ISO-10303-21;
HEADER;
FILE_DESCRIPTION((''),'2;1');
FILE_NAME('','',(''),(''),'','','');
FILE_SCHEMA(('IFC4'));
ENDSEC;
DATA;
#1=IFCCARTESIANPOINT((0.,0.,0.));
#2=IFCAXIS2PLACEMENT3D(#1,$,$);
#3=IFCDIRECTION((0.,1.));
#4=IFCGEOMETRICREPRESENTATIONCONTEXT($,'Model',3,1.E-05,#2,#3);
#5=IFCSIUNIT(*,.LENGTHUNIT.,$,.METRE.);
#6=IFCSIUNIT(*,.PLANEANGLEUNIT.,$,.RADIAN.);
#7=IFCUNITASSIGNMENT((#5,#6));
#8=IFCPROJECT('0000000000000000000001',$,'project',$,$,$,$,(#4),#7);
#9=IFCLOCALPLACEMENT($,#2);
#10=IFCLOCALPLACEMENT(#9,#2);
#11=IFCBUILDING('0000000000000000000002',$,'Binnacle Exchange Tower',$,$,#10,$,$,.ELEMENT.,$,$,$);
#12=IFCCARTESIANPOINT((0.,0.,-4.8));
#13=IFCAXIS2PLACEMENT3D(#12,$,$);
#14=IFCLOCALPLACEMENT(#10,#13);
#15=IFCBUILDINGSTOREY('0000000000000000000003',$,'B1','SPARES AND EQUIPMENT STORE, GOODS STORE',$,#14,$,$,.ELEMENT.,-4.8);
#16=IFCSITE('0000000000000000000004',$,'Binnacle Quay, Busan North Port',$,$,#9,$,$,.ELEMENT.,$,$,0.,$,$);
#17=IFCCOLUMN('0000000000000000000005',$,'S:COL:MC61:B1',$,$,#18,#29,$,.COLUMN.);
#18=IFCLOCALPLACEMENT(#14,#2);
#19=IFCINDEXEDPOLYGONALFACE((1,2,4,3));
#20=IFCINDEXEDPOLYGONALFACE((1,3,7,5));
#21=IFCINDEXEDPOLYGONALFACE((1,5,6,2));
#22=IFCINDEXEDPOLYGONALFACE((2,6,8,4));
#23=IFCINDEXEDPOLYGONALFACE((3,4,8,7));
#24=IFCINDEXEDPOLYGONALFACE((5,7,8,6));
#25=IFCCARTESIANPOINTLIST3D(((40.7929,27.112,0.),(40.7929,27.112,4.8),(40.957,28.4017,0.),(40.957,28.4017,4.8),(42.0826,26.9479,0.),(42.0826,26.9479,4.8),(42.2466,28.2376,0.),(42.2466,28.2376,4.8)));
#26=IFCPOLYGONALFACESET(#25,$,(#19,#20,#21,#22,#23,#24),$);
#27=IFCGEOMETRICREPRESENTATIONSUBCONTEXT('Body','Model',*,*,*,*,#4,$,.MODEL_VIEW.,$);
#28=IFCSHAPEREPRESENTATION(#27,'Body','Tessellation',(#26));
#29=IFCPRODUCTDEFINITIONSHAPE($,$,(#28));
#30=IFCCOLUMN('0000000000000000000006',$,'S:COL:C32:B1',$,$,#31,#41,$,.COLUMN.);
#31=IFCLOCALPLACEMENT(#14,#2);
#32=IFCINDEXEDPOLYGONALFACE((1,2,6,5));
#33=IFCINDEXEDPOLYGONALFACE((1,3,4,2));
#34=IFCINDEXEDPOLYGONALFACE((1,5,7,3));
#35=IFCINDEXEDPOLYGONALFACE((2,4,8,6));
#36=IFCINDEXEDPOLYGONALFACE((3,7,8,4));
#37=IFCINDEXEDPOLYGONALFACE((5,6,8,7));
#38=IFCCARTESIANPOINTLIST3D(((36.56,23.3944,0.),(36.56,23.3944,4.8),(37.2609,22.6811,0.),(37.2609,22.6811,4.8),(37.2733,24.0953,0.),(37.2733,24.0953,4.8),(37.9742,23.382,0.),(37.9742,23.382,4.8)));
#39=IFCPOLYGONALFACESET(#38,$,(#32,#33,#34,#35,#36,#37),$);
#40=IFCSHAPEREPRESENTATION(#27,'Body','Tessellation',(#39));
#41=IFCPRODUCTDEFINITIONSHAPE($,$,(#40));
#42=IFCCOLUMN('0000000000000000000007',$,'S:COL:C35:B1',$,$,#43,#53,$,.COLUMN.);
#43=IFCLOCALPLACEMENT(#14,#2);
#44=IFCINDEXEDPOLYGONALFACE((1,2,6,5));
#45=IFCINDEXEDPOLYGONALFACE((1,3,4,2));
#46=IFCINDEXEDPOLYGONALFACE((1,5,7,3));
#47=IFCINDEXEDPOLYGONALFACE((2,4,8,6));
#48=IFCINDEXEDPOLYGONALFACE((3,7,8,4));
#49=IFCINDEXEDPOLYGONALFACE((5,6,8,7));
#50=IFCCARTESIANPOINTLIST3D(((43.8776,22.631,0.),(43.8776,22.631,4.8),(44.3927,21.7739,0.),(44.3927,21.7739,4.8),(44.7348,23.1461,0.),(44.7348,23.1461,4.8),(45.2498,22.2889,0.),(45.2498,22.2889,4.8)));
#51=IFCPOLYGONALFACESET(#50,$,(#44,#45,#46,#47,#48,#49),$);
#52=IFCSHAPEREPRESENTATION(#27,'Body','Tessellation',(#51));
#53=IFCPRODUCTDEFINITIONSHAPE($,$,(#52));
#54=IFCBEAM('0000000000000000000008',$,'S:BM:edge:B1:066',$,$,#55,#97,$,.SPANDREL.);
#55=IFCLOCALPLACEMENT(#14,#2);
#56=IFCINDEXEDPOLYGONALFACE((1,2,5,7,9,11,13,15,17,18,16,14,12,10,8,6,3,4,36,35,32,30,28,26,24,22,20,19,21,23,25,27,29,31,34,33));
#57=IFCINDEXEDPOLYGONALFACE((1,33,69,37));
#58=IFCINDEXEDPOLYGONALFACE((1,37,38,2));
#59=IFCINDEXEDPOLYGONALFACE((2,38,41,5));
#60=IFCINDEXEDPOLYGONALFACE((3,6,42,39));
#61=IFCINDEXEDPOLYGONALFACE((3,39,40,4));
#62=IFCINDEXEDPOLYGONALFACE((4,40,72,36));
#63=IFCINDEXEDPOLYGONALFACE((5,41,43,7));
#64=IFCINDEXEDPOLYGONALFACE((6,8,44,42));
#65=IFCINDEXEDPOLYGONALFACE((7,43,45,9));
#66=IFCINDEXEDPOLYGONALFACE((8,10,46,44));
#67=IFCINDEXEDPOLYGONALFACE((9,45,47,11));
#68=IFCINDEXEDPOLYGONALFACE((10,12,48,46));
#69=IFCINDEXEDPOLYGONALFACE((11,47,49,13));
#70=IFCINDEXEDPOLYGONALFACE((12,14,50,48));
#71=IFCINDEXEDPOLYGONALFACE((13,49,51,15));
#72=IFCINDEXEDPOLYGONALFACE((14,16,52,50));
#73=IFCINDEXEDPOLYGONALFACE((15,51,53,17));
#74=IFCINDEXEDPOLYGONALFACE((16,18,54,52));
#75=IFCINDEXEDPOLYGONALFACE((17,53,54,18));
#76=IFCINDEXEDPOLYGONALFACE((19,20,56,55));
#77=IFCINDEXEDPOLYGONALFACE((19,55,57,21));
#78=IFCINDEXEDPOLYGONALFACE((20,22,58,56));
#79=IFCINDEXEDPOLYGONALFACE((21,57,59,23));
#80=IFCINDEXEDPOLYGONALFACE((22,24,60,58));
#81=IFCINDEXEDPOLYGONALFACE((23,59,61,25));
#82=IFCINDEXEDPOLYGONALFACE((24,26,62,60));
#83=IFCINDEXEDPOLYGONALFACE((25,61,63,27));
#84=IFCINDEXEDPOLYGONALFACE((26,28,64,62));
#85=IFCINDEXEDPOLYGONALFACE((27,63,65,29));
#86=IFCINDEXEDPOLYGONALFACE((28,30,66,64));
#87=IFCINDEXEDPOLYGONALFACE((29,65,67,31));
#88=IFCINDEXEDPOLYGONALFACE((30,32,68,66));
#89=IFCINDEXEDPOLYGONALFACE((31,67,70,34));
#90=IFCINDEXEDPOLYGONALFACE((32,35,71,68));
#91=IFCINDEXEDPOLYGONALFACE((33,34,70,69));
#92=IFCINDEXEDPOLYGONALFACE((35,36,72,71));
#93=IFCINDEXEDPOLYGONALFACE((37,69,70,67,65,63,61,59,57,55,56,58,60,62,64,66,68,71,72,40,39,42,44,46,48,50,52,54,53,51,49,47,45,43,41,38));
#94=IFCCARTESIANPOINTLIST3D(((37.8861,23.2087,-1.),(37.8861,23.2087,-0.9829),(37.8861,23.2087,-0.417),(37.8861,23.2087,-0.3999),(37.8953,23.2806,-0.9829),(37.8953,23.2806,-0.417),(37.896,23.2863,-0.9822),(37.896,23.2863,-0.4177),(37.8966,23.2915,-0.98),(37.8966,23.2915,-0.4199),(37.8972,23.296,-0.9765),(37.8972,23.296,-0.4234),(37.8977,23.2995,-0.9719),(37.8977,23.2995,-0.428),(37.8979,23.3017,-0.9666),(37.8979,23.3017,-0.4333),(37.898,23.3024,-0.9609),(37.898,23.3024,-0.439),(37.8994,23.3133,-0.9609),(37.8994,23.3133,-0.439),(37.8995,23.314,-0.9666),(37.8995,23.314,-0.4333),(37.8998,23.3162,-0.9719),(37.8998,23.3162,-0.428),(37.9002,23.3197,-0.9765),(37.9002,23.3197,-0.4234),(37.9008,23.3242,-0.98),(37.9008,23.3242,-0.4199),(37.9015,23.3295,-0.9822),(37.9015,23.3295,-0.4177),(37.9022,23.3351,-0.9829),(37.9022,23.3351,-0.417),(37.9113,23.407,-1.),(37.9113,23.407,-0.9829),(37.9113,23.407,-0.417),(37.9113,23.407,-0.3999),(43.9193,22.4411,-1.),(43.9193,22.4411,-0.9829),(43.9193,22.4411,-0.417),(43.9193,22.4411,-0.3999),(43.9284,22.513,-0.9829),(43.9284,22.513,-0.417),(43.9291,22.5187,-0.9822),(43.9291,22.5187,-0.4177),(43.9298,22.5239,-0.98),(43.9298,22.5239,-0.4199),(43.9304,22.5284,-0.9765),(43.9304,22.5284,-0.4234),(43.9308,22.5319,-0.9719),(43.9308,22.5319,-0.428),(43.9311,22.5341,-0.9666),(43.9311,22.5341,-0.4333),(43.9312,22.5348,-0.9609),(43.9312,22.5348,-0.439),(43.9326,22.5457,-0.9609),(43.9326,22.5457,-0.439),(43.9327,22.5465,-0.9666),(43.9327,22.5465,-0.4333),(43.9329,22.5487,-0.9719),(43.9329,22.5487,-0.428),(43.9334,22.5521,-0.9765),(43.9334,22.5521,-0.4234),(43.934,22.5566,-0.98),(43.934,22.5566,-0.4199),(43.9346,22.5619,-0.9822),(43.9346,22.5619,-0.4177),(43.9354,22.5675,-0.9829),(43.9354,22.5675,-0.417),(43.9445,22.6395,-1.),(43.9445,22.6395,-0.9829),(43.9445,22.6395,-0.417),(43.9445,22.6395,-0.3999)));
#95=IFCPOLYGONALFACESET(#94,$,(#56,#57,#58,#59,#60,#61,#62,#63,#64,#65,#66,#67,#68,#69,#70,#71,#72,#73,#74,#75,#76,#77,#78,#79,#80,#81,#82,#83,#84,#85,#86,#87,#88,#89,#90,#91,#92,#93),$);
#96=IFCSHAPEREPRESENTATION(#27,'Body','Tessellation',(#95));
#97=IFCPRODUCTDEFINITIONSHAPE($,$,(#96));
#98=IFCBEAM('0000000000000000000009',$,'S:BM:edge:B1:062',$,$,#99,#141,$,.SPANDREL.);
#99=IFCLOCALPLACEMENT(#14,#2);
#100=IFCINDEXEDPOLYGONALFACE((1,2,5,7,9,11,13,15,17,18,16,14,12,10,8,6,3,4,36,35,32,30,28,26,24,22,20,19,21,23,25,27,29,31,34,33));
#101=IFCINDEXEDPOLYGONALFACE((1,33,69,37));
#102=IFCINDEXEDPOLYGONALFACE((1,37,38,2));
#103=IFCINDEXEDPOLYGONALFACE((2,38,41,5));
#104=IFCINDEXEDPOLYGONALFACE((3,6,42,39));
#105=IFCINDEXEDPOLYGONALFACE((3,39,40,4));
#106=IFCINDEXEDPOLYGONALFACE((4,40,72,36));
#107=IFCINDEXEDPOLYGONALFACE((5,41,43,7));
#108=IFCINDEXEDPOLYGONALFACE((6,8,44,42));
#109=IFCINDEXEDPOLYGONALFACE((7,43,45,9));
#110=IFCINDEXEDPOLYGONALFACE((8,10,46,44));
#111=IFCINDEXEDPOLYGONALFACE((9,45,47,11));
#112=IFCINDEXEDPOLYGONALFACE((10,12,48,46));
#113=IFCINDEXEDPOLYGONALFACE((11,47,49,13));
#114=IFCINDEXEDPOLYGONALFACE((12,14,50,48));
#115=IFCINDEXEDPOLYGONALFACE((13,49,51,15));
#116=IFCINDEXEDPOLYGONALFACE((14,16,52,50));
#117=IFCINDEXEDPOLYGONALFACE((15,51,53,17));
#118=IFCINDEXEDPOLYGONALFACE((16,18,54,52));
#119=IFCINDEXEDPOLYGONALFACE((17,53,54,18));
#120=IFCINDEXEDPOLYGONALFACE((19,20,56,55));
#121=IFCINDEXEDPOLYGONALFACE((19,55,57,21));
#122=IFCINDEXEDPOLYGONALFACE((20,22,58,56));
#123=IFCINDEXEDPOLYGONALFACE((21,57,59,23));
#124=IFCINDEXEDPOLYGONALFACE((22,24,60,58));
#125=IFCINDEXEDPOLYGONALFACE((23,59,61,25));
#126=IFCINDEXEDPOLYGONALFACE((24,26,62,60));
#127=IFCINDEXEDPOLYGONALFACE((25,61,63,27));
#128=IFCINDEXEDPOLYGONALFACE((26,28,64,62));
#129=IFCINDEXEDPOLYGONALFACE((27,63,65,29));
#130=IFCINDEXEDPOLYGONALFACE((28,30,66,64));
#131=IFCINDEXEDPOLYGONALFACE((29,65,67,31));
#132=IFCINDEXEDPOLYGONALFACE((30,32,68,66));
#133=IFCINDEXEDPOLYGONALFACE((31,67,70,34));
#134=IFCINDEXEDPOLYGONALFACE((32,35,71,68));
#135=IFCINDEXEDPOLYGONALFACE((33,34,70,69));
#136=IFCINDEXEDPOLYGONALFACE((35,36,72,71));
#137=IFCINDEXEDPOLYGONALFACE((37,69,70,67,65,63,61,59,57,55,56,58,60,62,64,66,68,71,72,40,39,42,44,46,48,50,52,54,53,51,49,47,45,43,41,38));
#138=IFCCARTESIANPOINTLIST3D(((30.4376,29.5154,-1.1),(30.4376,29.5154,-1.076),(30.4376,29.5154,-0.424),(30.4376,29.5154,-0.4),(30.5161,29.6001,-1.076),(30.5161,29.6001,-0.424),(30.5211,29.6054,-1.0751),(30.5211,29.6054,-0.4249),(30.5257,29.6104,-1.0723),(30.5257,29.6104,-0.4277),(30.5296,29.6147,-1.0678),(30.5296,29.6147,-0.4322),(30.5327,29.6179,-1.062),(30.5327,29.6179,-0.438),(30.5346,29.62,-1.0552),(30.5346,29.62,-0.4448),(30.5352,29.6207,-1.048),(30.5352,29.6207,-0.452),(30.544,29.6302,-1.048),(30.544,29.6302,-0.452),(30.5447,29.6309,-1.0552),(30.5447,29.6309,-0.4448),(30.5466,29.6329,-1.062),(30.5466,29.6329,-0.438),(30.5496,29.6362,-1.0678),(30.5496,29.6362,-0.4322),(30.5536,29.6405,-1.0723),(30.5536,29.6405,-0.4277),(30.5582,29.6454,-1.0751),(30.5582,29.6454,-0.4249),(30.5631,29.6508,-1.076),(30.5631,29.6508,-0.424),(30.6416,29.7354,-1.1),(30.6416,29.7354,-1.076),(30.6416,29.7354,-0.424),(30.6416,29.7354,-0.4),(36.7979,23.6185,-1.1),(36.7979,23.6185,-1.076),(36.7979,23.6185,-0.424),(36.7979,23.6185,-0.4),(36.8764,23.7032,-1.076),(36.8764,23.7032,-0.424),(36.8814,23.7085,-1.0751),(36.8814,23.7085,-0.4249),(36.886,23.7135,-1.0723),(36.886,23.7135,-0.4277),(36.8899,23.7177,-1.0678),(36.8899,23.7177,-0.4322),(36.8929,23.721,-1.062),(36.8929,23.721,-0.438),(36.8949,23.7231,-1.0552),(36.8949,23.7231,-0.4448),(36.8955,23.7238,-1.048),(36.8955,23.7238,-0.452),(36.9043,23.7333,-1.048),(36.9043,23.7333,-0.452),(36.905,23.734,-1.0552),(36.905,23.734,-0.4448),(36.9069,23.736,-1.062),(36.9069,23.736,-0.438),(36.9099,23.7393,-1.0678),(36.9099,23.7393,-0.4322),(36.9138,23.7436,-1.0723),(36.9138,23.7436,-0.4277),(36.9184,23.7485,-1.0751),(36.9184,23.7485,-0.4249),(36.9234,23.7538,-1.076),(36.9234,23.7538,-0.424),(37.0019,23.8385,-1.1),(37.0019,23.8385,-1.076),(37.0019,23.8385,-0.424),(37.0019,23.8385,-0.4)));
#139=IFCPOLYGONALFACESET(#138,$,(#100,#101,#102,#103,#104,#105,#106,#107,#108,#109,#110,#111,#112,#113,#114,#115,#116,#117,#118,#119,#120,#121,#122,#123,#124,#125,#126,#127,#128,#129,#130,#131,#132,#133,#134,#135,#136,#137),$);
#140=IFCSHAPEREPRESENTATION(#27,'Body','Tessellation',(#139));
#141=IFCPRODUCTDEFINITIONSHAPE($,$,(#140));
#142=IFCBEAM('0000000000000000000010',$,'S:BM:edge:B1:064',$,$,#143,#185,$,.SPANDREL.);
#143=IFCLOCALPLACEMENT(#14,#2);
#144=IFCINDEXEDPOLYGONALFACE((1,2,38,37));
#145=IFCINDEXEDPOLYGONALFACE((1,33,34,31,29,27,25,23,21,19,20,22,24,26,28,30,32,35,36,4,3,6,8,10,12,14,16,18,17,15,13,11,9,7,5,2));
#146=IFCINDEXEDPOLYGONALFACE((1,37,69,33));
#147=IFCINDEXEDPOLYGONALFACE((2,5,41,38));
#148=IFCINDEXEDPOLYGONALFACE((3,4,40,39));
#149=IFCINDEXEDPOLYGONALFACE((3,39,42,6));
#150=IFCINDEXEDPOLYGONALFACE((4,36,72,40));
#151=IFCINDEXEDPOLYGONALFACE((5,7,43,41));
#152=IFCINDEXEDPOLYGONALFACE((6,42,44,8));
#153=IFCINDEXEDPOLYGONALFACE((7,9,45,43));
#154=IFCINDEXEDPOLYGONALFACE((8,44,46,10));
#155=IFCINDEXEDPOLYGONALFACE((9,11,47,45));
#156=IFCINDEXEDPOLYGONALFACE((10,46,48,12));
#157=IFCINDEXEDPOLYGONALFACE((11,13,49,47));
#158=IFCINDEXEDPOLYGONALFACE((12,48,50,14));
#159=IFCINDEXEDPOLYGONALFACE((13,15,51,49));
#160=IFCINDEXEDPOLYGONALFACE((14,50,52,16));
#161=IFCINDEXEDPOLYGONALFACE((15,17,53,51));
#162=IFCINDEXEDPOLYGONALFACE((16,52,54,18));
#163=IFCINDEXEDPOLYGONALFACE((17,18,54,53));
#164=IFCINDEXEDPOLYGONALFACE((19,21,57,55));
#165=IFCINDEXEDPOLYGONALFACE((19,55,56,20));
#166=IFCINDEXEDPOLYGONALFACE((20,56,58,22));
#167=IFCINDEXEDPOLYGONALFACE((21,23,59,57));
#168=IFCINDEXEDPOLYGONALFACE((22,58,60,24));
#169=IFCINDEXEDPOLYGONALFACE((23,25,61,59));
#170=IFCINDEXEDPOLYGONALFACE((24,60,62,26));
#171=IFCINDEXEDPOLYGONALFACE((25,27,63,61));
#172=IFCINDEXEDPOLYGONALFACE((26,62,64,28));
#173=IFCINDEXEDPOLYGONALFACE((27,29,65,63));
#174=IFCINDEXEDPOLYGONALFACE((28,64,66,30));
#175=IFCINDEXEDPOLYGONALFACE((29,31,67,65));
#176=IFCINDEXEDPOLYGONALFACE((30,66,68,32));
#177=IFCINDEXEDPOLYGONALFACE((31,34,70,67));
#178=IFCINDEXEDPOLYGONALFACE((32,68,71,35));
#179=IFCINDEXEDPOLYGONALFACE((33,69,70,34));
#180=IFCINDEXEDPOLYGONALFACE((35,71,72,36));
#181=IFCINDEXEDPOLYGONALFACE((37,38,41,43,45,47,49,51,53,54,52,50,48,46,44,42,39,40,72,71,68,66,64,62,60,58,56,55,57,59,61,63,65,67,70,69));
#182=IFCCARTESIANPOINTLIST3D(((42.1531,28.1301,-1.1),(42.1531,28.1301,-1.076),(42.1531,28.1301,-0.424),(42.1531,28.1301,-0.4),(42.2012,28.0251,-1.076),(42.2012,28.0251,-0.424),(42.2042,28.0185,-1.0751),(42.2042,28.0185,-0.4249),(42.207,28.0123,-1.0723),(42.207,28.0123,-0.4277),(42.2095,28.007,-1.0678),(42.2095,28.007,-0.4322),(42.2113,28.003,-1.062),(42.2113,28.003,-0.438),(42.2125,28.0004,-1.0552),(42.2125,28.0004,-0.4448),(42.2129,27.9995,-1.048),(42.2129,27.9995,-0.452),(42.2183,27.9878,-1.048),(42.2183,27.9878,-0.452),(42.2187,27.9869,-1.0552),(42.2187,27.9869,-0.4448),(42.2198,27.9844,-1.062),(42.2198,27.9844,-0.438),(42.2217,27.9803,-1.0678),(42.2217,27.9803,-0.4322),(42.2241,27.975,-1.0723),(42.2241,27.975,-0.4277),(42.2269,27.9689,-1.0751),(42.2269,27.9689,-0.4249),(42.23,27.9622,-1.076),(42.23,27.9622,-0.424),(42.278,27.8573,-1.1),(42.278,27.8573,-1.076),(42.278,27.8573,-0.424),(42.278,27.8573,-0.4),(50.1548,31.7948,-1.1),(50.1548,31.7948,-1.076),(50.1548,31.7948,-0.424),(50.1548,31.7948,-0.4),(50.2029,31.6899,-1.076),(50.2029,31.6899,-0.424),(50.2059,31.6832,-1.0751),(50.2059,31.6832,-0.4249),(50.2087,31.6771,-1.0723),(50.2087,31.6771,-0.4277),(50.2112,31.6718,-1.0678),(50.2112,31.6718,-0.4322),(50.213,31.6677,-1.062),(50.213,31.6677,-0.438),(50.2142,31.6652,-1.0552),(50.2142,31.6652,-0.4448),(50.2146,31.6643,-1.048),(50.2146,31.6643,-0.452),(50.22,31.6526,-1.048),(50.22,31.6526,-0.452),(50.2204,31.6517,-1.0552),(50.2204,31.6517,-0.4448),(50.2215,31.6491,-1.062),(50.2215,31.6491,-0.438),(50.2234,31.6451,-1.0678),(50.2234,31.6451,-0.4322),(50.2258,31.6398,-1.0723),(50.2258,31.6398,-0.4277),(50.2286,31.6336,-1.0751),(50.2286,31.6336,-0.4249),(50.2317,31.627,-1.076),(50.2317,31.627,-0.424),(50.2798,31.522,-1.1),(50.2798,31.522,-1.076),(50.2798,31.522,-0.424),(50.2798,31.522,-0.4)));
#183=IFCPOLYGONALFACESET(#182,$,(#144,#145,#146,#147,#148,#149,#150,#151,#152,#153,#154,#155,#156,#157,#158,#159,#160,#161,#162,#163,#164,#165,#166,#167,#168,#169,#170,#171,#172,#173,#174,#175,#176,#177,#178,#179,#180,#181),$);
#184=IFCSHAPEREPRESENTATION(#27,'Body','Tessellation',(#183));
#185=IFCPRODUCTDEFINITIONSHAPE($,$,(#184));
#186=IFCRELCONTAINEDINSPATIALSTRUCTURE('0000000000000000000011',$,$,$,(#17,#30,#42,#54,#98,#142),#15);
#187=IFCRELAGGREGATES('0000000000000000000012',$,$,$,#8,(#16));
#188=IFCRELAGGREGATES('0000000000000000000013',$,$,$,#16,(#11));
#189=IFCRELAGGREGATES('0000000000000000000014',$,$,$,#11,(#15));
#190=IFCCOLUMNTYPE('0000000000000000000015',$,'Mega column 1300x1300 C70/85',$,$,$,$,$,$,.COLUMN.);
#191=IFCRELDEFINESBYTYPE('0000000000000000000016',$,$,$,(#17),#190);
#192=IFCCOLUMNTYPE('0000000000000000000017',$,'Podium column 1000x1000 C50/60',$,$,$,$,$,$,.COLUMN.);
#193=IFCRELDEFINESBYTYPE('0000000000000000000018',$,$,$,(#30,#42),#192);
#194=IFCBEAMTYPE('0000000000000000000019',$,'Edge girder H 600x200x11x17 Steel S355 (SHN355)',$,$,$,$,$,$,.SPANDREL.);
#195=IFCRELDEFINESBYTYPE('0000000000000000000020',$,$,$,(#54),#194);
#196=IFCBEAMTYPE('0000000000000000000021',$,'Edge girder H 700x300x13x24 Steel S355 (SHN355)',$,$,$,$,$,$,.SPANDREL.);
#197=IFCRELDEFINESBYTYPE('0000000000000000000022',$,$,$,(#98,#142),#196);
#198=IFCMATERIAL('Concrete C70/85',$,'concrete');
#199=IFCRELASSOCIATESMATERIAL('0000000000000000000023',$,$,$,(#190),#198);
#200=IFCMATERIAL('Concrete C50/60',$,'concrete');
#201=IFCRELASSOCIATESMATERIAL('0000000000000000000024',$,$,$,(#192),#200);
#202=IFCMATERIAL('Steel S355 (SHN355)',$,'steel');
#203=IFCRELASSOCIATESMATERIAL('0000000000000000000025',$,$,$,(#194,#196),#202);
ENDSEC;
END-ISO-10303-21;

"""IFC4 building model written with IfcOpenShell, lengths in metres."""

from ifc_helpers import new_model, si_unit, direction, frame, origin, origin_2d, place, context, subcontext, project, spatial, rectangle, i_section, extrude, material, material_profile, profile_set, type_object, element, save


model = new_model("IFC4")

# Units and contexts
model_context = context("Model", 3, precision=1e-05, world=origin(), true_north=direction((0.0, 1.0)))
body_context = subcontext(model_context, "Body", "Model", "MODEL_VIEW")
ifc_project = project(units=[si_unit("LENGTHUNIT", "METRE"), si_unit("PLANEANGLEUNIT", "RADIAN")], contexts=[model_context])

# Site, building, storey
site_placement = place(None, origin())
site = spatial("IfcSite", under=ifc_project, at=site_placement, Name="Binnacle Quay, Busan North Port", CompositionType="ELEMENT", RefElevation=0.0)
building_placement = place(site_placement, origin())
building = spatial("IfcBuilding", under=site, at=building_placement, Name="Binnacle Exchange Tower", CompositionType="ELEMENT")
storey_placement = place(building_placement, frame((0.0, 0.0, -4.8)))
storey = spatial("IfcBuildingStorey", under=building, at=storey_placement, Name="B1", Description="SPARES AND EQUIPMENT STORE, GOODS STORE", CompositionType="ELEMENT", Elevation=-4.8)

# Columns
ifc_material_1 = material(Name="Concrete C70/85", Category="concrete")
ifc_material_profile_1 = material_profile(ifc_material_1, rectangle(XDim=1.3, YDim=1.3, at=origin_2d()), Name="Mega column 1300x1300 C70/85")
ifc_profile_set_1 = profile_set([ifc_material_profile_1], Name="Concrete C70/85")
column_type_1 = type_object("IfcColumnType", Name="Mega column 1300x1300 C70/85", PredefinedType="COLUMN", material=ifc_profile_set_1)
column_placement = place(storey_placement, frame((41.5198, 27.6748, 0.0), z_axis=(0.0, 0.0, 1.0), x_axis=(0.992005, -0.126199, 0.0)))
element("IfcColumn", 1, at=column_placement, inside=storey, type_object=column_type_1, Name="S:COL:MC61:B1", PredefinedType="COLUMN", context=body_context, shape_type="SweptSolid", body=[
    extrude(rectangle(XDim=1.3, YDim=1.3, at=origin_2d()), origin(), (0.0, 0.0, 1.0), 4.8),
])
ifc_material_2 = material(Name="Concrete C50/60", Category="concrete")
ifc_material_profile_2 = material_profile(ifc_material_2, rectangle(XDim=1.0, YDim=1.0, at=origin_2d()), Name="Podium column 1000x1000 C50/60")
ifc_profile_set_2 = profile_set([ifc_material_profile_2], Name="Concrete C50/60")
column_type_2 = type_object("IfcColumnType", Name="Podium column 1000x1000 C50/60", PredefinedType="COLUMN", material=ifc_profile_set_2)
for number, where, z_axis, x_axis, name in (
    (2, (37.2671, 23.3882, 0.0), (0.0, 0.0, 1.0), (0.700909, -0.71325, 0.0), "S:COL:C32:B1"),
    (3, (44.5637, 22.46, 0.0), (0.0, 0.0, 1.0), (0.857167, 0.515038, 0.0), "S:COL:C35:B1"),
):
    element("IfcColumn", number, at=place(storey_placement, frame(where, z_axis=z_axis, x_axis=x_axis)), inside=storey, type_object=column_type_2, Name=name, PredefinedType="COLUMN", context=body_context, shape_type="SweptSolid", body=[
        extrude(rectangle(XDim=1.0, YDim=1.0, at=origin_2d()), origin(), (0.0, 0.0, 1.0), 4.8),
    ])

# Beams
ifc_material_3 = material(Name="Steel S355 (SHN355)", Category="steel")
ifc_material_profile_3 = material_profile(ifc_material_3, i_section(OverallWidth=0.2, OverallDepth=0.6001, WebThickness=0.011, FlangeThickness=0.0171, FilletRadius=0.022, at=origin_2d()), Name="H 600x200x11x17")
ifc_profile_set_3 = profile_set([ifc_material_profile_3], Name="Steel S355 (SHN355)")
beam_type_1 = type_object("IfcBeamType", Name="Edge girder H 600x200x11x17 Steel S355 (SHN355)", PredefinedType="SPANDREL", material=ifc_profile_set_3)
beam_1_placement = place(storey_placement, frame((43.9319, 22.5403, -0.7), z_axis=(-0.992004, 0.126208, 0.0), x_axis=(-0.126208, -0.992004, 0.0)))
element("IfcBeam", 4, at=beam_1_placement, inside=storey, type_object=beam_type_1, Name="S:BM:edge:B1:066", PredefinedType="SPANDREL", context=body_context, shape_type="SweptSolid", body=[
    extrude(i_section(OverallWidth=0.2, OverallDepth=0.6001, WebThickness=0.011, FlangeThickness=0.0171, FilletRadius=0.022, at=origin_2d()), origin(), (0.0, 0.0, 1.0), 6.0818),
])
ifc_material_profile_4 = material_profile(ifc_material_3, i_section(OverallWidth=0.3, OverallDepth=0.7, WebThickness=0.0129, FlangeThickness=0.0239, FilletRadius=0.0281, at=origin_2d()), Name="H 700x300x13x24")
ifc_profile_set_4 = profile_set([ifc_material_profile_4], Name="Steel S355 (SHN355)")
beam_type_2 = type_object("IfcBeamType", Name="Edge girder H 700x300x13x24 Steel S355 (SHN355)", PredefinedType="SPANDREL", material=ifc_profile_set_4)
beam_2_placement = place(storey_placement, frame((36.8999, 23.7285, -0.75), z_axis=(-0.733315, 0.679889, 0.0), x_axis=(-0.679889, -0.733315, 0.0)))
element("IfcBeam", 5, at=beam_2_placement, inside=storey, type_object=beam_type_2, Name="S:BM:edge:B1:062", PredefinedType="SPANDREL", context=body_context, shape_type="SweptSolid", body=[
    extrude(i_section(OverallWidth=0.3, OverallDepth=0.7, WebThickness=0.0129, FlangeThickness=0.0239, FilletRadius=0.0281, at=origin_2d()), origin(), (0.0, 0.0, 1.0), 8.6733),
])
beam_3_placement = place(storey_placement, frame((42.2156, 27.9937, -0.75), z_axis=(0.909179, 0.416405, 0.0), x_axis=(-0.416405, 0.909179, 0.0)))
element("IfcBeam", 6, at=beam_3_placement, inside=storey, type_object=beam_type_2, Name="S:BM:edge:B1:064", PredefinedType="SPANDREL", context=body_context, shape_type="SweptSolid", body=[
    extrude(i_section(OverallWidth=0.3, OverallDepth=0.7, WebThickness=0.0129, FlangeThickness=0.0239, FilletRadius=0.0281, at=origin_2d()), origin(), (0.0, 0.0, 1.0), 8.801),
])

save(model, "model.ifc")
